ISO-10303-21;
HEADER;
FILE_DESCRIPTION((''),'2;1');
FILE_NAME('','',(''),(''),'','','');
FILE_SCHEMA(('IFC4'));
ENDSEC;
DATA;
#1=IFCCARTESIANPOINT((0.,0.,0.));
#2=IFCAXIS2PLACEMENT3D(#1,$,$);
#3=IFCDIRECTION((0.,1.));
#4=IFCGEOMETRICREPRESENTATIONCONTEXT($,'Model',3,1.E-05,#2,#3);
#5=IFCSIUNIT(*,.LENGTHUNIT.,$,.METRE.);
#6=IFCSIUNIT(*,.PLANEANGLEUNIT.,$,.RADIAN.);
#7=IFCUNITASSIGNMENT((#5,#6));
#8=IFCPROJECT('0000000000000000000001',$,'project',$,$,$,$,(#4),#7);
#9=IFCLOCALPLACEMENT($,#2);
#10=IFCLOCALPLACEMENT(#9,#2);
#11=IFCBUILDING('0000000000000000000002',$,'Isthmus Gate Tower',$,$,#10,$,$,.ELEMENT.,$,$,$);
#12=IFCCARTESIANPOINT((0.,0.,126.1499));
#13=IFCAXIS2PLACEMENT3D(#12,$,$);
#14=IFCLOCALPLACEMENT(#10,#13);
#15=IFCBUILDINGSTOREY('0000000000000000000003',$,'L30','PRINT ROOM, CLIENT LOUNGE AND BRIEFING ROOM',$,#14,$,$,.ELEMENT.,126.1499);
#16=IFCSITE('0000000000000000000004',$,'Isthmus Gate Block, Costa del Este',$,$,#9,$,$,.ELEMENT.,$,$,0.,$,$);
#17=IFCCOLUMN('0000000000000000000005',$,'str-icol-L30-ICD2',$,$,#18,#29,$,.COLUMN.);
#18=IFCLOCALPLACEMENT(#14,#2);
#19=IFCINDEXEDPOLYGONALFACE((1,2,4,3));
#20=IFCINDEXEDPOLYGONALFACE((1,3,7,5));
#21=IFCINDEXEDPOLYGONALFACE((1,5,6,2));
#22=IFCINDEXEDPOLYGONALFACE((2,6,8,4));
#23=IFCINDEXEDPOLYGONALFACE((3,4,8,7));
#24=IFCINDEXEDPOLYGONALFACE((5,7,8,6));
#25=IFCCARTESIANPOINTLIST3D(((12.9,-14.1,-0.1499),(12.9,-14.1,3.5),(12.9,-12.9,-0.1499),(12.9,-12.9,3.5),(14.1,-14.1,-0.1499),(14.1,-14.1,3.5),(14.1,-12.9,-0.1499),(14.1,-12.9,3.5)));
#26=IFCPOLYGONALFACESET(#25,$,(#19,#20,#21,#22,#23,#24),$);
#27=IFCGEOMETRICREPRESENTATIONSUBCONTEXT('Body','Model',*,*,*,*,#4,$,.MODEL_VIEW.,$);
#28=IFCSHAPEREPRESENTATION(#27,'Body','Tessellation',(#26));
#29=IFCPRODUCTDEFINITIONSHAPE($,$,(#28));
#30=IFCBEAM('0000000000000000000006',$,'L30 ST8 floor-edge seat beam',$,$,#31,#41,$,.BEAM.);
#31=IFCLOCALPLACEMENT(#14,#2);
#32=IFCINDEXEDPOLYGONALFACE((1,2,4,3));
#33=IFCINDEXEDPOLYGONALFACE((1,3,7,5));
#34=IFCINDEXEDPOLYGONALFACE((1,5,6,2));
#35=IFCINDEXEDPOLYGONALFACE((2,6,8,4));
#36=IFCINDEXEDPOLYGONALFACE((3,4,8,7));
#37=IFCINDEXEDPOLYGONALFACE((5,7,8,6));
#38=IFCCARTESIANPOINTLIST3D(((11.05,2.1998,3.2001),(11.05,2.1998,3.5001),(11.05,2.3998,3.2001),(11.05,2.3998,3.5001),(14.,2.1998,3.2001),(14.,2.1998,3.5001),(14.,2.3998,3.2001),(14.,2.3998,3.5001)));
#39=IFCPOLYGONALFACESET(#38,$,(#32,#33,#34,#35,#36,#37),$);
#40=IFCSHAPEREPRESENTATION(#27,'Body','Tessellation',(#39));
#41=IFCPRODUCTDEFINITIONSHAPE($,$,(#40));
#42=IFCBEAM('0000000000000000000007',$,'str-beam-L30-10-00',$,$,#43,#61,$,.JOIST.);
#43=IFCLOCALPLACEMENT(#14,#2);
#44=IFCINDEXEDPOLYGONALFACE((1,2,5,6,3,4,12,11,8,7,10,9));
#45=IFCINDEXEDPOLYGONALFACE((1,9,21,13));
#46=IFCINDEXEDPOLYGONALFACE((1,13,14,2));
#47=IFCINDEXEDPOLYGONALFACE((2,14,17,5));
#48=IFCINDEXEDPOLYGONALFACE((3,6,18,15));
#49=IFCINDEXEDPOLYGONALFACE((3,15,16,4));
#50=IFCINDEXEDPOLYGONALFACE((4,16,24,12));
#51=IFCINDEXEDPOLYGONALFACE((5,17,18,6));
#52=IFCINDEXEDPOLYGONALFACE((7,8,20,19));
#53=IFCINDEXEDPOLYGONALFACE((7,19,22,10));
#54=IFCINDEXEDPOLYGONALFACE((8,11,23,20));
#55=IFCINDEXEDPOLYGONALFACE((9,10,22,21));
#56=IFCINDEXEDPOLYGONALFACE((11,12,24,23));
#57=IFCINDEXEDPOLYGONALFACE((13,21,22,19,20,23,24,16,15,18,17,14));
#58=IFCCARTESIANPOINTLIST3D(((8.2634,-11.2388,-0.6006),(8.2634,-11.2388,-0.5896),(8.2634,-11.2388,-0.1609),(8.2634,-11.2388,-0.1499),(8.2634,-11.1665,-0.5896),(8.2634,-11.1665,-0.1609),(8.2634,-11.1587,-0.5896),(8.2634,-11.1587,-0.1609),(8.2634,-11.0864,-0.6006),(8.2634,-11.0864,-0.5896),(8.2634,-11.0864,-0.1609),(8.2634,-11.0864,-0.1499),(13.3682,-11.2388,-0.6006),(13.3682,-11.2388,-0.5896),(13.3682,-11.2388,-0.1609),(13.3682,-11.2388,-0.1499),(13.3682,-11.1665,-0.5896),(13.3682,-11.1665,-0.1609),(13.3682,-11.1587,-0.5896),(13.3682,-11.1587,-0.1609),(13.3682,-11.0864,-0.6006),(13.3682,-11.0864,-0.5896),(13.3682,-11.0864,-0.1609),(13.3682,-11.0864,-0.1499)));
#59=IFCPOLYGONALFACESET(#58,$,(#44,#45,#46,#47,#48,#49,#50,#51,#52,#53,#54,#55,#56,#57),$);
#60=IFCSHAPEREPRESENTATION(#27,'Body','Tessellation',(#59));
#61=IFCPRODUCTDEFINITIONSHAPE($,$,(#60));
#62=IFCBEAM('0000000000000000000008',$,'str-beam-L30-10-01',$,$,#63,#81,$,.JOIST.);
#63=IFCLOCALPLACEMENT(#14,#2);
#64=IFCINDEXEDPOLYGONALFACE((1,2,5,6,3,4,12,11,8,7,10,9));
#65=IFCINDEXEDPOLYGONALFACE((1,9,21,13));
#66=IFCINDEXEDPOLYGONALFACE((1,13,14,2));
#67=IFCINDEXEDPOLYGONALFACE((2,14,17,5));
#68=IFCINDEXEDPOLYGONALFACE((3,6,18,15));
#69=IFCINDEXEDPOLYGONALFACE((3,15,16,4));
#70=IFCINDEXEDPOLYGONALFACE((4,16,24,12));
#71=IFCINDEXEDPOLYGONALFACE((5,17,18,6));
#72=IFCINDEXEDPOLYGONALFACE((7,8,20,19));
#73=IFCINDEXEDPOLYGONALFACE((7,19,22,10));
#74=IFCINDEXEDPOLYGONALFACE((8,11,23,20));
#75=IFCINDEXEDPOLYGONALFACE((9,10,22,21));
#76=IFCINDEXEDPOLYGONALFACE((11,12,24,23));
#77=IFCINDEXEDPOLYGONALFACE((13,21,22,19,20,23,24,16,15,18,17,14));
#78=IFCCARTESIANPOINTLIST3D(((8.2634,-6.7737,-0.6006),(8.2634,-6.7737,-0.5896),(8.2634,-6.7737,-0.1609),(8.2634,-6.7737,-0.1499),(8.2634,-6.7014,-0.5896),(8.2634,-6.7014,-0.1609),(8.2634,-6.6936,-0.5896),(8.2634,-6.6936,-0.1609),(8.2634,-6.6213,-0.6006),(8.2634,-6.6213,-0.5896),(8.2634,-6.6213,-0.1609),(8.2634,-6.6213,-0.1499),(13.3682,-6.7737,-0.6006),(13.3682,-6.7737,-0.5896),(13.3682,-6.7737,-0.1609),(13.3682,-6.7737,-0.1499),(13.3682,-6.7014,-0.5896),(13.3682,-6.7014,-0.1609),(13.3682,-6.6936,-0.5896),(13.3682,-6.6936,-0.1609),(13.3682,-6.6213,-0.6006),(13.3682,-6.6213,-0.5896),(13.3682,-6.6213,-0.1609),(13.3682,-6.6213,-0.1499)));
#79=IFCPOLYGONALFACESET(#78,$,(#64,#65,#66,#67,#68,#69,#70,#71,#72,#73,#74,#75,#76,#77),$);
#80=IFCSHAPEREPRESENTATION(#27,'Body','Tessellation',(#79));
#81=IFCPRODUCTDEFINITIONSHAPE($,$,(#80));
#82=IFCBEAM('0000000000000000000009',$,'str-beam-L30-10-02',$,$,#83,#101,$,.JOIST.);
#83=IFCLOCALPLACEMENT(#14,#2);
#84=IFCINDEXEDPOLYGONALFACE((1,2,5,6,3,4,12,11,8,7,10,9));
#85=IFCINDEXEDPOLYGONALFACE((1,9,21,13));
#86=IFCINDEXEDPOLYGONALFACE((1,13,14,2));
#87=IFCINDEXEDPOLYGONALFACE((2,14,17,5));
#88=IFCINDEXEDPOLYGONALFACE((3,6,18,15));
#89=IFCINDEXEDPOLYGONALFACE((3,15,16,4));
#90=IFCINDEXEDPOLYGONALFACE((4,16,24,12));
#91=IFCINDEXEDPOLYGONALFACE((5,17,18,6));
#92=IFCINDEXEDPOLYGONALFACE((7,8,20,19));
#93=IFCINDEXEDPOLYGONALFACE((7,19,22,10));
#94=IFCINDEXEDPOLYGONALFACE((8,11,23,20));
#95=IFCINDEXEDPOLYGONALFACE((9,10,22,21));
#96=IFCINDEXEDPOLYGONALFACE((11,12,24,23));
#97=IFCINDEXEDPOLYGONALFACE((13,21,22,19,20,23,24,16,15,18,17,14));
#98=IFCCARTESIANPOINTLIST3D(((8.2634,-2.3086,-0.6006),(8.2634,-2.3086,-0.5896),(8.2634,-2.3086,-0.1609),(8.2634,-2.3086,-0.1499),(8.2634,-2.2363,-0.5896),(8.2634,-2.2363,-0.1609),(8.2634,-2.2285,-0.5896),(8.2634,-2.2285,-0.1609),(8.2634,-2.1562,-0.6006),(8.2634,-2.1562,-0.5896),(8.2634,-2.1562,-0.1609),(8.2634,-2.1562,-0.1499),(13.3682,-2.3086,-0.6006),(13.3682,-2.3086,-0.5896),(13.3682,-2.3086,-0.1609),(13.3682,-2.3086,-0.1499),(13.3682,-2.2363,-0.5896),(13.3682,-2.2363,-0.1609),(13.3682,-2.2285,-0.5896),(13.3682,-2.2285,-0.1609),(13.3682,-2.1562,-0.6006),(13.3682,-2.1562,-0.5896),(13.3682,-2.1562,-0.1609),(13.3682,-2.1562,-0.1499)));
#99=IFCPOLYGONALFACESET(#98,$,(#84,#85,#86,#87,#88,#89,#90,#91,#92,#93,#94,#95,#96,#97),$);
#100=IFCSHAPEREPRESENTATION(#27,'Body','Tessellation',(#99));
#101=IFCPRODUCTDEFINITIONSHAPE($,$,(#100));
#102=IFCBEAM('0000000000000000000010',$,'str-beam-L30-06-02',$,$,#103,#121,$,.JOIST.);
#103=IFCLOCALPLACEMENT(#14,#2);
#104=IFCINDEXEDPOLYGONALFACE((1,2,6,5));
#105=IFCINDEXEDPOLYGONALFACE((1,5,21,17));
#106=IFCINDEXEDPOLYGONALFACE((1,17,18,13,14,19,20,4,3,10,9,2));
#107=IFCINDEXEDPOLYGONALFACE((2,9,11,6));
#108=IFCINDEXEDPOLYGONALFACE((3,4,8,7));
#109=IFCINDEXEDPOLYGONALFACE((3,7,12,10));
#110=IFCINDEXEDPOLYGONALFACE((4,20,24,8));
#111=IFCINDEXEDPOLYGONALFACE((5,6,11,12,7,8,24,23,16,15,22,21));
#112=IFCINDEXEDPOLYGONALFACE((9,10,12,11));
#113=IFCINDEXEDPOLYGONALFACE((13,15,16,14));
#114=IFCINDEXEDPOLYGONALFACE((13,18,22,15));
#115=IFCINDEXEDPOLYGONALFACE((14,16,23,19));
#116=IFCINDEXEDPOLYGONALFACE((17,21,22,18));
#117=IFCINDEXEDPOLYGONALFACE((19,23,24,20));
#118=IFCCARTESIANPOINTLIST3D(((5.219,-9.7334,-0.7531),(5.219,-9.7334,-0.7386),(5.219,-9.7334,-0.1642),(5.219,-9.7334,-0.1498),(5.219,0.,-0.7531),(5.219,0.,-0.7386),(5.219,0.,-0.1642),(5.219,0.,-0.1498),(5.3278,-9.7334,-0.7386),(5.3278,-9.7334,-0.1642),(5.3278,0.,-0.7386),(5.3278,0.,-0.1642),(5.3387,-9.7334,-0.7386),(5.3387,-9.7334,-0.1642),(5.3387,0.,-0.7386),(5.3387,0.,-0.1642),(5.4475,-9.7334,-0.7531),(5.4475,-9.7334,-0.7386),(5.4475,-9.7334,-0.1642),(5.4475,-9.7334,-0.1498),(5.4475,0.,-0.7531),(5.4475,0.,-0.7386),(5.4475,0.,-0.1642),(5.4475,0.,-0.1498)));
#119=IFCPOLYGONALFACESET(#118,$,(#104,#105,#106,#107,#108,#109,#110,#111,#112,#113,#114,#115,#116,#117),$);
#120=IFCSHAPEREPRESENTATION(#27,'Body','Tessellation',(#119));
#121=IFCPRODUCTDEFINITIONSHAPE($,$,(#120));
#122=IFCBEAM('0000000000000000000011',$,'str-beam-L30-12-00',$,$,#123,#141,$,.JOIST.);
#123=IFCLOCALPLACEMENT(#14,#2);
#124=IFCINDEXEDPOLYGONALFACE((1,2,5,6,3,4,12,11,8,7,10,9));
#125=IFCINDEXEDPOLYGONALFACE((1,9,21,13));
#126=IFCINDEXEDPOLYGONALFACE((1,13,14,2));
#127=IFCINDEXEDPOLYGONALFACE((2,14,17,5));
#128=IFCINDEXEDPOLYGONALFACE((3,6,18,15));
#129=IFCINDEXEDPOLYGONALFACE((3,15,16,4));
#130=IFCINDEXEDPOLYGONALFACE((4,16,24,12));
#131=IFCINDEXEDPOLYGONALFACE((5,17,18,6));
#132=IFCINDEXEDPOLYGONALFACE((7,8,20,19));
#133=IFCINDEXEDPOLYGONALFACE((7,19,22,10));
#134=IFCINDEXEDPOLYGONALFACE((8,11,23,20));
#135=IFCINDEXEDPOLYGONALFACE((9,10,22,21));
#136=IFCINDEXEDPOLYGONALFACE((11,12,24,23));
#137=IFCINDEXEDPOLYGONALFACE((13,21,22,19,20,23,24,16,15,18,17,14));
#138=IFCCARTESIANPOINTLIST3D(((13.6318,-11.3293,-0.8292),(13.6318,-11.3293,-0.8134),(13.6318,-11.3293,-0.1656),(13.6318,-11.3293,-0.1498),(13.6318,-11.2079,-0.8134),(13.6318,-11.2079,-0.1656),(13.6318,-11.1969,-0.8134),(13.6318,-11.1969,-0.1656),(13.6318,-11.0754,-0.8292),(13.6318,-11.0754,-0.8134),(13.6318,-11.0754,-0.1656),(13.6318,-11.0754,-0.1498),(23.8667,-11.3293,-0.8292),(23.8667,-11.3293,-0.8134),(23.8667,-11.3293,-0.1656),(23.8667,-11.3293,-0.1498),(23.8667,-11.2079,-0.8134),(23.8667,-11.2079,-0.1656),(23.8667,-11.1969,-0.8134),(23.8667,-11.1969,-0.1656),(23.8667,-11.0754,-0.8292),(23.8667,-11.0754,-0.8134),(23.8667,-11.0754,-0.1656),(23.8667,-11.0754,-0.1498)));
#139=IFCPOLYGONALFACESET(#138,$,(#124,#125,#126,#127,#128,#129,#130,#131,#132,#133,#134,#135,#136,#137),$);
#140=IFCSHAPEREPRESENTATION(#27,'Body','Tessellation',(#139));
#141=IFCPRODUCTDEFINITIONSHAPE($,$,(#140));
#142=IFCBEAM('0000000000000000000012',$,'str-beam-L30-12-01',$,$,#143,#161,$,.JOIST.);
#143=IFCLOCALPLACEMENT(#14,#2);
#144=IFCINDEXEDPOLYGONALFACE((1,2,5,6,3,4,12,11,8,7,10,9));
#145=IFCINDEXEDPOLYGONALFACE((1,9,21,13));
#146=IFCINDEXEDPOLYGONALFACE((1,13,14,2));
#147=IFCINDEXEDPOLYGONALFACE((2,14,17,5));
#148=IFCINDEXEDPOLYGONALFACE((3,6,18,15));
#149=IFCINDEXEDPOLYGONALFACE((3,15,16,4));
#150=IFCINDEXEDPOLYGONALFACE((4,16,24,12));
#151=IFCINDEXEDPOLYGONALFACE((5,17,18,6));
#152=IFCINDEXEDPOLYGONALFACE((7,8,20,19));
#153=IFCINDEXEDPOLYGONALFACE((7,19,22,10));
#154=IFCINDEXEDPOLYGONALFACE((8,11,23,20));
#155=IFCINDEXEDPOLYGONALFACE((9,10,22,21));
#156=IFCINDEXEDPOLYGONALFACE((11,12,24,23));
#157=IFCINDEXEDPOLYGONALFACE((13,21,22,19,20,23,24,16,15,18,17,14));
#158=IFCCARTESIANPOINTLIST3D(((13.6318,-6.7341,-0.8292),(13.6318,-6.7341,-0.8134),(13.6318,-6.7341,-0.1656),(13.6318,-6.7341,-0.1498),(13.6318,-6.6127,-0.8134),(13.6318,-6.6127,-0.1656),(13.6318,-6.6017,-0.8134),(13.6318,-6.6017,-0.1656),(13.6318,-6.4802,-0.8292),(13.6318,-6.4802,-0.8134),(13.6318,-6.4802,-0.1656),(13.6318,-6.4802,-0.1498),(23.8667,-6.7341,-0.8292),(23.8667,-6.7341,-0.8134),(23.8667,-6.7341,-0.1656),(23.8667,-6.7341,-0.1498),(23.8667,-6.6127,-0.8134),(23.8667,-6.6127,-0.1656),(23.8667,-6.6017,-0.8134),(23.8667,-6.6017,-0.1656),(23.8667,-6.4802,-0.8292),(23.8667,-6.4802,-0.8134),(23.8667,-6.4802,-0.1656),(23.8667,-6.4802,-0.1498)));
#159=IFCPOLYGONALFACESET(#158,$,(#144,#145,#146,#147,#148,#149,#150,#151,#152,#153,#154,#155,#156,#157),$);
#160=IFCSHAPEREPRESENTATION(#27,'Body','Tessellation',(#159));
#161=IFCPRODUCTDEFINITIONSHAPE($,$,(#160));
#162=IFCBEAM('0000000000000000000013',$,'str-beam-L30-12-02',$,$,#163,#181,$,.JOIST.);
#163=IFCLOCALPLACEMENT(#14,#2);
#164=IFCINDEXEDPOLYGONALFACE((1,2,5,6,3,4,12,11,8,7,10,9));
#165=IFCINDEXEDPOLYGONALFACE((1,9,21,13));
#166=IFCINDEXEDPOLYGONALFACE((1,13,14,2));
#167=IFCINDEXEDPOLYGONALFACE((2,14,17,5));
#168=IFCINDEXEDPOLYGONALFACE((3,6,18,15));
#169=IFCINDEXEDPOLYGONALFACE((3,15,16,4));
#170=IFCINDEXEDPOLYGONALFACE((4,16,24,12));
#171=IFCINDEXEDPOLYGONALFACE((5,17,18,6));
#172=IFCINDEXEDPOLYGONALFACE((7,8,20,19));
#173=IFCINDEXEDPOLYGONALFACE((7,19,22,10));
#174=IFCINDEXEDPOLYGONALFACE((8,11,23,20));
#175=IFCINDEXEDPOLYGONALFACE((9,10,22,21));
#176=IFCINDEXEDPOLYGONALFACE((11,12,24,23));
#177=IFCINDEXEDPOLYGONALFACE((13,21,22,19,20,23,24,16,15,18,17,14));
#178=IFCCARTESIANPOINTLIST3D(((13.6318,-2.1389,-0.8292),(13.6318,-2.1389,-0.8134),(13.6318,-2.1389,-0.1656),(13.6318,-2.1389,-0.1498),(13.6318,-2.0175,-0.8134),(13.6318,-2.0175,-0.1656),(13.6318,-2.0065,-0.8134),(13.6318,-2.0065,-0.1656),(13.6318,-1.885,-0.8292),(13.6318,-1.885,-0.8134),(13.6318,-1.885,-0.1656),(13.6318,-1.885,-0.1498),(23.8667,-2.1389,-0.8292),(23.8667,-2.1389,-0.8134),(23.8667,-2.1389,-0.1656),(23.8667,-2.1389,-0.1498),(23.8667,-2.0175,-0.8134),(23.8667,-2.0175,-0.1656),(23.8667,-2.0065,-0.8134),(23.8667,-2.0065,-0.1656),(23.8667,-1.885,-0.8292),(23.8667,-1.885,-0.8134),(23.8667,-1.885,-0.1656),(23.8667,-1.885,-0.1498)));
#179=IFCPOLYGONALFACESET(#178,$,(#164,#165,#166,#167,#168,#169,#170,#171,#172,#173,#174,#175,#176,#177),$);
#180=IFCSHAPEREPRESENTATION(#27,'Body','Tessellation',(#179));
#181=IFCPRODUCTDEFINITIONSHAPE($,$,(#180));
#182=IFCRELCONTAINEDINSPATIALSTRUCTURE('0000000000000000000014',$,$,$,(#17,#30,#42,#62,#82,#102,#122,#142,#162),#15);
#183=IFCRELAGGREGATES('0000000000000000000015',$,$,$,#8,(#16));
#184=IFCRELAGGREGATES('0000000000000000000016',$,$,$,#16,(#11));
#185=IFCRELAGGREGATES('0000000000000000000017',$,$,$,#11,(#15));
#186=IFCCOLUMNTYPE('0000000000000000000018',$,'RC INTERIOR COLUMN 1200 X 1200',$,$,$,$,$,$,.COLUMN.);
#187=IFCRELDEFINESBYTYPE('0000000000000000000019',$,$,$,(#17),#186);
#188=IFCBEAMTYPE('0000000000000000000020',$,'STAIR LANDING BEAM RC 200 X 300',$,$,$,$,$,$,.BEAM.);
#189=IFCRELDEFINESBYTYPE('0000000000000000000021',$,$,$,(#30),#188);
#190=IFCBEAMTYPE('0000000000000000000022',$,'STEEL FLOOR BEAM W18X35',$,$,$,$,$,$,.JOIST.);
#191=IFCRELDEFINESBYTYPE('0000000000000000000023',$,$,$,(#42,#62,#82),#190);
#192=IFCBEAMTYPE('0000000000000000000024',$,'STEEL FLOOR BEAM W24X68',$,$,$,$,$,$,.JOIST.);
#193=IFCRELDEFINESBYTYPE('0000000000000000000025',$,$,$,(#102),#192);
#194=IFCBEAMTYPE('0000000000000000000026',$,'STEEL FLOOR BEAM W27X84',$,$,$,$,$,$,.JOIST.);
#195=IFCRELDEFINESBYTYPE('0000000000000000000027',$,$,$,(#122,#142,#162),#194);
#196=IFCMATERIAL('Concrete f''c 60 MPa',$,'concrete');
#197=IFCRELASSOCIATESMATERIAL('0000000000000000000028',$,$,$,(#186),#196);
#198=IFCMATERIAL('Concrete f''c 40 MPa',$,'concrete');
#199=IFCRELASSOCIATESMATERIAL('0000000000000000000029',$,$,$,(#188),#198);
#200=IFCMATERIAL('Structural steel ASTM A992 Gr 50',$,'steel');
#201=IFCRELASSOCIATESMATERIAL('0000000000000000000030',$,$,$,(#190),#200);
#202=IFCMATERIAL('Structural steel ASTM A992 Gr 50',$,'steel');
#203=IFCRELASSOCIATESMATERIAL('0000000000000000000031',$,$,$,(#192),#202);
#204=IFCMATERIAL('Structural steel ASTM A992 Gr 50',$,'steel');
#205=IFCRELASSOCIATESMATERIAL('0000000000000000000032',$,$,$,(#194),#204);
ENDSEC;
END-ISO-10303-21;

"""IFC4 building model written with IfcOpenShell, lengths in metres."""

from ifc_helpers import new_model, si_unit, direction, frame, origin, origin_2d, place, context, subcontext, project, spatial, rectangle, i_section, extrude, material, material_profile, profile_set, type_object, element, save


model = new_model("IFC4")

# Units and contexts
model_context = context("Model", 3, precision=1e-05, world=origin(), true_north=direction((0.0, 1.0)))
body_context = subcontext(model_context, "Body", "Model", "MODEL_VIEW")
ifc_project = project(units=[si_unit("LENGTHUNIT", "METRE"), si_unit("PLANEANGLEUNIT", "RADIAN")], contexts=[model_context])

# Site, building, storey
site_placement = place(None, origin())
site = spatial("IfcSite", under=ifc_project, at=site_placement, Name="Isthmus Gate Block, Costa del Este", CompositionType="ELEMENT", RefElevation=0.0)
building_placement = place(site_placement, origin())
building = spatial("IfcBuilding", under=site, at=building_placement, Name="Isthmus Gate Tower", CompositionType="ELEMENT")
storey_placement = place(building_placement, frame((0.0, 0.0, 126.1499)))
storey = spatial("IfcBuildingStorey", under=building, at=storey_placement, Name="L30", Description="PRINT ROOM, CLIENT LOUNGE AND BRIEFING ROOM", CompositionType="ELEMENT", Elevation=126.1499)

# Column
ifc_material_1 = material(Name="Concrete f'c 60 MPa", Category="concrete")
ifc_material_profile_1 = material_profile(ifc_material_1, rectangle(XDim=1.2, YDim=1.2, at=origin_2d()), Name="RC 1200X1200")
ifc_profile_set_1 = profile_set([ifc_material_profile_1], Name="Concrete f'c 60 MPa")
column_type = type_object("IfcColumnType", Name="RC INTERIOR COLUMN 1200 X 1200", PredefinedType="COLUMN", material=ifc_profile_set_1)
column_placement = place(storey_placement, frame((13.5, -13.5, -0.1499), z_axis=(0.0, 0.0, 1.0), x_axis=(1.0, 0.0, 0.0)))
element("IfcColumn", 1, at=column_placement, inside=storey, type_object=column_type, Name="str-icol-L30-ICD2", PredefinedType="COLUMN", context=body_context, shape_type="SweptSolid", body=[
    extrude(rectangle(XDim=1.2, YDim=1.2, at=origin_2d()), origin(), (0.0, 0.0, 1.0), 3.6499),
])

# Beams
ifc_material_2 = material(Name="Concrete f'c 40 MPa", Category="concrete")
ifc_material_profile_2 = material_profile(ifc_material_2, rectangle(XDim=0.2, YDim=0.3, at=origin_2d()), Name="STAIR LANDING BEAM RC 200 X 300")
ifc_profile_set_2 = profile_set([ifc_material_profile_2], Name="Concrete f'c 40 MPa")
beam_type_1 = type_object("IfcBeamType", Name="STAIR LANDING BEAM RC 200 X 300", PredefinedType="BEAM", material=ifc_profile_set_2)
beam_1_placement = place(storey_placement, frame((11.05, 2.2998, 3.3501), z_axis=(1.0, 0.0, 0.0), x_axis=(0.0, 1.0, 0.0)))
element("IfcBeam", 2, at=beam_1_placement, inside=storey, type_object=beam_type_1, Name="L30 ST8 floor-edge seat beam", PredefinedType="BEAM", context=body_context, shape_type="SweptSolid", body=[
    extrude(rectangle(XDim=0.2, YDim=0.3, at=origin_2d()), origin(), (0.0, 0.0, 1.0), 2.95),
])
ifc_material_3 = material(Name="Structural steel ASTM A992 Gr 50", Category="steel")
ifc_material_profile_3 = material_profile(ifc_material_3, i_section(OverallWidth=0.1523, OverallDepth=0.4507, WebThickness=0.0078, FlangeThickness=0.011, at=origin_2d()), Name="W18X35")
ifc_profile_set_3 = profile_set([ifc_material_profile_3], Name="Structural steel ASTM A992 Gr 50")
beam_type_2 = type_object("IfcBeamType", Name="STEEL FLOOR BEAM W18X35", PredefinedType="JOIST", material=ifc_profile_set_3)
for number, where, z_axis, x_axis, name in (
    (3, (8.2634, -11.1626, -0.3752), (1.0, 0.0, 0.0), (0.0, 1.0, 0.0), "str-beam-L30-10-00"),
    (4, (8.2634, -6.6975, -0.3752), (1.0, 0.0, 0.0), (0.0, 1.0, 0.0), "str-beam-L30-10-01"),
    (5, (8.2634, -2.2324, -0.3752), (1.0, 0.0, 0.0), (0.0, 1.0, 0.0), "str-beam-L30-10-02"),
):
    element("IfcBeam", number, at=place(storey_placement, frame(where, z_axis=z_axis, x_axis=x_axis)), inside=storey, type_object=beam_type_2, Name=name, PredefinedType="JOIST", context=body_context, shape_type="SweptSolid", body=[
        extrude(i_section(OverallWidth=0.1523, OverallDepth=0.4507, WebThickness=0.0078, FlangeThickness=0.011, at=origin_2d()), origin(), (0.0, 0.0, 1.0), 5.1047),
    ])
ifc_material_4 = material(Name="Structural steel ASTM A992 Gr 50", Category="steel")
ifc_material_profile_4 = material_profile(ifc_material_4, i_section(OverallWidth=0.2285, OverallDepth=0.6033, WebThickness=0.011, FlangeThickness=0.0144, at=origin_2d()), Name="W24X68")
ifc_profile_set_4 = profile_set([ifc_material_profile_4], Name="Structural steel ASTM A992 Gr 50")
beam_type_3 = type_object("IfcBeamType", Name="STEEL FLOOR BEAM W24X68", PredefinedType="JOIST", material=ifc_profile_set_4)
beam_2_placement = place(storey_placement, frame((5.3333, -9.7334, -0.4514), z_axis=(0.0, 1.0, 0.0), x_axis=(-1.0, 0.0, 0.0)))
element("IfcBeam", 6, at=beam_2_placement, inside=storey, type_object=beam_type_3, Name="str-beam-L30-06-02", PredefinedType="JOIST", context=body_context, shape_type="SweptSolid", body=[
    extrude(i_section(OverallWidth=0.2285, OverallDepth=0.6033, WebThickness=0.011, FlangeThickness=0.0144, at=origin_2d()), origin(), (0.0, 0.0, 1.0), 9.7334),
])
ifc_material_5 = material(Name="Structural steel ASTM A992 Gr 50", Category="steel")
ifc_material_profile_5 = material_profile(ifc_material_5, i_section(OverallWidth=0.2539, OverallDepth=0.6794, WebThickness=0.011, FlangeThickness=0.0159, at=origin_2d()), Name="W27X84")
ifc_profile_set_5 = profile_set([ifc_material_profile_5], Name="Structural steel ASTM A992 Gr 50")
beam_type_4 = type_object("IfcBeamType", Name="STEEL FLOOR BEAM W27X84", PredefinedType="JOIST", material=ifc_profile_set_5)
for number, where, z_axis, x_axis, name in (
    (7, (13.6318, -11.2024, -0.4895), (1.0, 0.0, 0.0), (0.0, 1.0, 0.0), "str-beam-L30-12-00"),
    (8, (13.6318, -6.6072, -0.4895), (1.0, 0.0, 0.0), (0.0, 1.0, 0.0), "str-beam-L30-12-01"),
    (9, (13.6318, -2.012, -0.4895), (1.0, 0.0, 0.0), (0.0, 1.0, 0.0), "str-beam-L30-12-02"),
):
    element("IfcBeam", number, at=place(storey_placement, frame(where, z_axis=z_axis, x_axis=x_axis)), inside=storey, type_object=beam_type_4, Name=name, PredefinedType="JOIST", context=body_context, shape_type="SweptSolid", body=[
        extrude(i_section(OverallWidth=0.2539, OverallDepth=0.6794, WebThickness=0.011, FlangeThickness=0.0159, at=origin_2d()), origin(), (0.0, 0.0, 1.0), 10.2349),
    ])

save(model, "model.ifc")
